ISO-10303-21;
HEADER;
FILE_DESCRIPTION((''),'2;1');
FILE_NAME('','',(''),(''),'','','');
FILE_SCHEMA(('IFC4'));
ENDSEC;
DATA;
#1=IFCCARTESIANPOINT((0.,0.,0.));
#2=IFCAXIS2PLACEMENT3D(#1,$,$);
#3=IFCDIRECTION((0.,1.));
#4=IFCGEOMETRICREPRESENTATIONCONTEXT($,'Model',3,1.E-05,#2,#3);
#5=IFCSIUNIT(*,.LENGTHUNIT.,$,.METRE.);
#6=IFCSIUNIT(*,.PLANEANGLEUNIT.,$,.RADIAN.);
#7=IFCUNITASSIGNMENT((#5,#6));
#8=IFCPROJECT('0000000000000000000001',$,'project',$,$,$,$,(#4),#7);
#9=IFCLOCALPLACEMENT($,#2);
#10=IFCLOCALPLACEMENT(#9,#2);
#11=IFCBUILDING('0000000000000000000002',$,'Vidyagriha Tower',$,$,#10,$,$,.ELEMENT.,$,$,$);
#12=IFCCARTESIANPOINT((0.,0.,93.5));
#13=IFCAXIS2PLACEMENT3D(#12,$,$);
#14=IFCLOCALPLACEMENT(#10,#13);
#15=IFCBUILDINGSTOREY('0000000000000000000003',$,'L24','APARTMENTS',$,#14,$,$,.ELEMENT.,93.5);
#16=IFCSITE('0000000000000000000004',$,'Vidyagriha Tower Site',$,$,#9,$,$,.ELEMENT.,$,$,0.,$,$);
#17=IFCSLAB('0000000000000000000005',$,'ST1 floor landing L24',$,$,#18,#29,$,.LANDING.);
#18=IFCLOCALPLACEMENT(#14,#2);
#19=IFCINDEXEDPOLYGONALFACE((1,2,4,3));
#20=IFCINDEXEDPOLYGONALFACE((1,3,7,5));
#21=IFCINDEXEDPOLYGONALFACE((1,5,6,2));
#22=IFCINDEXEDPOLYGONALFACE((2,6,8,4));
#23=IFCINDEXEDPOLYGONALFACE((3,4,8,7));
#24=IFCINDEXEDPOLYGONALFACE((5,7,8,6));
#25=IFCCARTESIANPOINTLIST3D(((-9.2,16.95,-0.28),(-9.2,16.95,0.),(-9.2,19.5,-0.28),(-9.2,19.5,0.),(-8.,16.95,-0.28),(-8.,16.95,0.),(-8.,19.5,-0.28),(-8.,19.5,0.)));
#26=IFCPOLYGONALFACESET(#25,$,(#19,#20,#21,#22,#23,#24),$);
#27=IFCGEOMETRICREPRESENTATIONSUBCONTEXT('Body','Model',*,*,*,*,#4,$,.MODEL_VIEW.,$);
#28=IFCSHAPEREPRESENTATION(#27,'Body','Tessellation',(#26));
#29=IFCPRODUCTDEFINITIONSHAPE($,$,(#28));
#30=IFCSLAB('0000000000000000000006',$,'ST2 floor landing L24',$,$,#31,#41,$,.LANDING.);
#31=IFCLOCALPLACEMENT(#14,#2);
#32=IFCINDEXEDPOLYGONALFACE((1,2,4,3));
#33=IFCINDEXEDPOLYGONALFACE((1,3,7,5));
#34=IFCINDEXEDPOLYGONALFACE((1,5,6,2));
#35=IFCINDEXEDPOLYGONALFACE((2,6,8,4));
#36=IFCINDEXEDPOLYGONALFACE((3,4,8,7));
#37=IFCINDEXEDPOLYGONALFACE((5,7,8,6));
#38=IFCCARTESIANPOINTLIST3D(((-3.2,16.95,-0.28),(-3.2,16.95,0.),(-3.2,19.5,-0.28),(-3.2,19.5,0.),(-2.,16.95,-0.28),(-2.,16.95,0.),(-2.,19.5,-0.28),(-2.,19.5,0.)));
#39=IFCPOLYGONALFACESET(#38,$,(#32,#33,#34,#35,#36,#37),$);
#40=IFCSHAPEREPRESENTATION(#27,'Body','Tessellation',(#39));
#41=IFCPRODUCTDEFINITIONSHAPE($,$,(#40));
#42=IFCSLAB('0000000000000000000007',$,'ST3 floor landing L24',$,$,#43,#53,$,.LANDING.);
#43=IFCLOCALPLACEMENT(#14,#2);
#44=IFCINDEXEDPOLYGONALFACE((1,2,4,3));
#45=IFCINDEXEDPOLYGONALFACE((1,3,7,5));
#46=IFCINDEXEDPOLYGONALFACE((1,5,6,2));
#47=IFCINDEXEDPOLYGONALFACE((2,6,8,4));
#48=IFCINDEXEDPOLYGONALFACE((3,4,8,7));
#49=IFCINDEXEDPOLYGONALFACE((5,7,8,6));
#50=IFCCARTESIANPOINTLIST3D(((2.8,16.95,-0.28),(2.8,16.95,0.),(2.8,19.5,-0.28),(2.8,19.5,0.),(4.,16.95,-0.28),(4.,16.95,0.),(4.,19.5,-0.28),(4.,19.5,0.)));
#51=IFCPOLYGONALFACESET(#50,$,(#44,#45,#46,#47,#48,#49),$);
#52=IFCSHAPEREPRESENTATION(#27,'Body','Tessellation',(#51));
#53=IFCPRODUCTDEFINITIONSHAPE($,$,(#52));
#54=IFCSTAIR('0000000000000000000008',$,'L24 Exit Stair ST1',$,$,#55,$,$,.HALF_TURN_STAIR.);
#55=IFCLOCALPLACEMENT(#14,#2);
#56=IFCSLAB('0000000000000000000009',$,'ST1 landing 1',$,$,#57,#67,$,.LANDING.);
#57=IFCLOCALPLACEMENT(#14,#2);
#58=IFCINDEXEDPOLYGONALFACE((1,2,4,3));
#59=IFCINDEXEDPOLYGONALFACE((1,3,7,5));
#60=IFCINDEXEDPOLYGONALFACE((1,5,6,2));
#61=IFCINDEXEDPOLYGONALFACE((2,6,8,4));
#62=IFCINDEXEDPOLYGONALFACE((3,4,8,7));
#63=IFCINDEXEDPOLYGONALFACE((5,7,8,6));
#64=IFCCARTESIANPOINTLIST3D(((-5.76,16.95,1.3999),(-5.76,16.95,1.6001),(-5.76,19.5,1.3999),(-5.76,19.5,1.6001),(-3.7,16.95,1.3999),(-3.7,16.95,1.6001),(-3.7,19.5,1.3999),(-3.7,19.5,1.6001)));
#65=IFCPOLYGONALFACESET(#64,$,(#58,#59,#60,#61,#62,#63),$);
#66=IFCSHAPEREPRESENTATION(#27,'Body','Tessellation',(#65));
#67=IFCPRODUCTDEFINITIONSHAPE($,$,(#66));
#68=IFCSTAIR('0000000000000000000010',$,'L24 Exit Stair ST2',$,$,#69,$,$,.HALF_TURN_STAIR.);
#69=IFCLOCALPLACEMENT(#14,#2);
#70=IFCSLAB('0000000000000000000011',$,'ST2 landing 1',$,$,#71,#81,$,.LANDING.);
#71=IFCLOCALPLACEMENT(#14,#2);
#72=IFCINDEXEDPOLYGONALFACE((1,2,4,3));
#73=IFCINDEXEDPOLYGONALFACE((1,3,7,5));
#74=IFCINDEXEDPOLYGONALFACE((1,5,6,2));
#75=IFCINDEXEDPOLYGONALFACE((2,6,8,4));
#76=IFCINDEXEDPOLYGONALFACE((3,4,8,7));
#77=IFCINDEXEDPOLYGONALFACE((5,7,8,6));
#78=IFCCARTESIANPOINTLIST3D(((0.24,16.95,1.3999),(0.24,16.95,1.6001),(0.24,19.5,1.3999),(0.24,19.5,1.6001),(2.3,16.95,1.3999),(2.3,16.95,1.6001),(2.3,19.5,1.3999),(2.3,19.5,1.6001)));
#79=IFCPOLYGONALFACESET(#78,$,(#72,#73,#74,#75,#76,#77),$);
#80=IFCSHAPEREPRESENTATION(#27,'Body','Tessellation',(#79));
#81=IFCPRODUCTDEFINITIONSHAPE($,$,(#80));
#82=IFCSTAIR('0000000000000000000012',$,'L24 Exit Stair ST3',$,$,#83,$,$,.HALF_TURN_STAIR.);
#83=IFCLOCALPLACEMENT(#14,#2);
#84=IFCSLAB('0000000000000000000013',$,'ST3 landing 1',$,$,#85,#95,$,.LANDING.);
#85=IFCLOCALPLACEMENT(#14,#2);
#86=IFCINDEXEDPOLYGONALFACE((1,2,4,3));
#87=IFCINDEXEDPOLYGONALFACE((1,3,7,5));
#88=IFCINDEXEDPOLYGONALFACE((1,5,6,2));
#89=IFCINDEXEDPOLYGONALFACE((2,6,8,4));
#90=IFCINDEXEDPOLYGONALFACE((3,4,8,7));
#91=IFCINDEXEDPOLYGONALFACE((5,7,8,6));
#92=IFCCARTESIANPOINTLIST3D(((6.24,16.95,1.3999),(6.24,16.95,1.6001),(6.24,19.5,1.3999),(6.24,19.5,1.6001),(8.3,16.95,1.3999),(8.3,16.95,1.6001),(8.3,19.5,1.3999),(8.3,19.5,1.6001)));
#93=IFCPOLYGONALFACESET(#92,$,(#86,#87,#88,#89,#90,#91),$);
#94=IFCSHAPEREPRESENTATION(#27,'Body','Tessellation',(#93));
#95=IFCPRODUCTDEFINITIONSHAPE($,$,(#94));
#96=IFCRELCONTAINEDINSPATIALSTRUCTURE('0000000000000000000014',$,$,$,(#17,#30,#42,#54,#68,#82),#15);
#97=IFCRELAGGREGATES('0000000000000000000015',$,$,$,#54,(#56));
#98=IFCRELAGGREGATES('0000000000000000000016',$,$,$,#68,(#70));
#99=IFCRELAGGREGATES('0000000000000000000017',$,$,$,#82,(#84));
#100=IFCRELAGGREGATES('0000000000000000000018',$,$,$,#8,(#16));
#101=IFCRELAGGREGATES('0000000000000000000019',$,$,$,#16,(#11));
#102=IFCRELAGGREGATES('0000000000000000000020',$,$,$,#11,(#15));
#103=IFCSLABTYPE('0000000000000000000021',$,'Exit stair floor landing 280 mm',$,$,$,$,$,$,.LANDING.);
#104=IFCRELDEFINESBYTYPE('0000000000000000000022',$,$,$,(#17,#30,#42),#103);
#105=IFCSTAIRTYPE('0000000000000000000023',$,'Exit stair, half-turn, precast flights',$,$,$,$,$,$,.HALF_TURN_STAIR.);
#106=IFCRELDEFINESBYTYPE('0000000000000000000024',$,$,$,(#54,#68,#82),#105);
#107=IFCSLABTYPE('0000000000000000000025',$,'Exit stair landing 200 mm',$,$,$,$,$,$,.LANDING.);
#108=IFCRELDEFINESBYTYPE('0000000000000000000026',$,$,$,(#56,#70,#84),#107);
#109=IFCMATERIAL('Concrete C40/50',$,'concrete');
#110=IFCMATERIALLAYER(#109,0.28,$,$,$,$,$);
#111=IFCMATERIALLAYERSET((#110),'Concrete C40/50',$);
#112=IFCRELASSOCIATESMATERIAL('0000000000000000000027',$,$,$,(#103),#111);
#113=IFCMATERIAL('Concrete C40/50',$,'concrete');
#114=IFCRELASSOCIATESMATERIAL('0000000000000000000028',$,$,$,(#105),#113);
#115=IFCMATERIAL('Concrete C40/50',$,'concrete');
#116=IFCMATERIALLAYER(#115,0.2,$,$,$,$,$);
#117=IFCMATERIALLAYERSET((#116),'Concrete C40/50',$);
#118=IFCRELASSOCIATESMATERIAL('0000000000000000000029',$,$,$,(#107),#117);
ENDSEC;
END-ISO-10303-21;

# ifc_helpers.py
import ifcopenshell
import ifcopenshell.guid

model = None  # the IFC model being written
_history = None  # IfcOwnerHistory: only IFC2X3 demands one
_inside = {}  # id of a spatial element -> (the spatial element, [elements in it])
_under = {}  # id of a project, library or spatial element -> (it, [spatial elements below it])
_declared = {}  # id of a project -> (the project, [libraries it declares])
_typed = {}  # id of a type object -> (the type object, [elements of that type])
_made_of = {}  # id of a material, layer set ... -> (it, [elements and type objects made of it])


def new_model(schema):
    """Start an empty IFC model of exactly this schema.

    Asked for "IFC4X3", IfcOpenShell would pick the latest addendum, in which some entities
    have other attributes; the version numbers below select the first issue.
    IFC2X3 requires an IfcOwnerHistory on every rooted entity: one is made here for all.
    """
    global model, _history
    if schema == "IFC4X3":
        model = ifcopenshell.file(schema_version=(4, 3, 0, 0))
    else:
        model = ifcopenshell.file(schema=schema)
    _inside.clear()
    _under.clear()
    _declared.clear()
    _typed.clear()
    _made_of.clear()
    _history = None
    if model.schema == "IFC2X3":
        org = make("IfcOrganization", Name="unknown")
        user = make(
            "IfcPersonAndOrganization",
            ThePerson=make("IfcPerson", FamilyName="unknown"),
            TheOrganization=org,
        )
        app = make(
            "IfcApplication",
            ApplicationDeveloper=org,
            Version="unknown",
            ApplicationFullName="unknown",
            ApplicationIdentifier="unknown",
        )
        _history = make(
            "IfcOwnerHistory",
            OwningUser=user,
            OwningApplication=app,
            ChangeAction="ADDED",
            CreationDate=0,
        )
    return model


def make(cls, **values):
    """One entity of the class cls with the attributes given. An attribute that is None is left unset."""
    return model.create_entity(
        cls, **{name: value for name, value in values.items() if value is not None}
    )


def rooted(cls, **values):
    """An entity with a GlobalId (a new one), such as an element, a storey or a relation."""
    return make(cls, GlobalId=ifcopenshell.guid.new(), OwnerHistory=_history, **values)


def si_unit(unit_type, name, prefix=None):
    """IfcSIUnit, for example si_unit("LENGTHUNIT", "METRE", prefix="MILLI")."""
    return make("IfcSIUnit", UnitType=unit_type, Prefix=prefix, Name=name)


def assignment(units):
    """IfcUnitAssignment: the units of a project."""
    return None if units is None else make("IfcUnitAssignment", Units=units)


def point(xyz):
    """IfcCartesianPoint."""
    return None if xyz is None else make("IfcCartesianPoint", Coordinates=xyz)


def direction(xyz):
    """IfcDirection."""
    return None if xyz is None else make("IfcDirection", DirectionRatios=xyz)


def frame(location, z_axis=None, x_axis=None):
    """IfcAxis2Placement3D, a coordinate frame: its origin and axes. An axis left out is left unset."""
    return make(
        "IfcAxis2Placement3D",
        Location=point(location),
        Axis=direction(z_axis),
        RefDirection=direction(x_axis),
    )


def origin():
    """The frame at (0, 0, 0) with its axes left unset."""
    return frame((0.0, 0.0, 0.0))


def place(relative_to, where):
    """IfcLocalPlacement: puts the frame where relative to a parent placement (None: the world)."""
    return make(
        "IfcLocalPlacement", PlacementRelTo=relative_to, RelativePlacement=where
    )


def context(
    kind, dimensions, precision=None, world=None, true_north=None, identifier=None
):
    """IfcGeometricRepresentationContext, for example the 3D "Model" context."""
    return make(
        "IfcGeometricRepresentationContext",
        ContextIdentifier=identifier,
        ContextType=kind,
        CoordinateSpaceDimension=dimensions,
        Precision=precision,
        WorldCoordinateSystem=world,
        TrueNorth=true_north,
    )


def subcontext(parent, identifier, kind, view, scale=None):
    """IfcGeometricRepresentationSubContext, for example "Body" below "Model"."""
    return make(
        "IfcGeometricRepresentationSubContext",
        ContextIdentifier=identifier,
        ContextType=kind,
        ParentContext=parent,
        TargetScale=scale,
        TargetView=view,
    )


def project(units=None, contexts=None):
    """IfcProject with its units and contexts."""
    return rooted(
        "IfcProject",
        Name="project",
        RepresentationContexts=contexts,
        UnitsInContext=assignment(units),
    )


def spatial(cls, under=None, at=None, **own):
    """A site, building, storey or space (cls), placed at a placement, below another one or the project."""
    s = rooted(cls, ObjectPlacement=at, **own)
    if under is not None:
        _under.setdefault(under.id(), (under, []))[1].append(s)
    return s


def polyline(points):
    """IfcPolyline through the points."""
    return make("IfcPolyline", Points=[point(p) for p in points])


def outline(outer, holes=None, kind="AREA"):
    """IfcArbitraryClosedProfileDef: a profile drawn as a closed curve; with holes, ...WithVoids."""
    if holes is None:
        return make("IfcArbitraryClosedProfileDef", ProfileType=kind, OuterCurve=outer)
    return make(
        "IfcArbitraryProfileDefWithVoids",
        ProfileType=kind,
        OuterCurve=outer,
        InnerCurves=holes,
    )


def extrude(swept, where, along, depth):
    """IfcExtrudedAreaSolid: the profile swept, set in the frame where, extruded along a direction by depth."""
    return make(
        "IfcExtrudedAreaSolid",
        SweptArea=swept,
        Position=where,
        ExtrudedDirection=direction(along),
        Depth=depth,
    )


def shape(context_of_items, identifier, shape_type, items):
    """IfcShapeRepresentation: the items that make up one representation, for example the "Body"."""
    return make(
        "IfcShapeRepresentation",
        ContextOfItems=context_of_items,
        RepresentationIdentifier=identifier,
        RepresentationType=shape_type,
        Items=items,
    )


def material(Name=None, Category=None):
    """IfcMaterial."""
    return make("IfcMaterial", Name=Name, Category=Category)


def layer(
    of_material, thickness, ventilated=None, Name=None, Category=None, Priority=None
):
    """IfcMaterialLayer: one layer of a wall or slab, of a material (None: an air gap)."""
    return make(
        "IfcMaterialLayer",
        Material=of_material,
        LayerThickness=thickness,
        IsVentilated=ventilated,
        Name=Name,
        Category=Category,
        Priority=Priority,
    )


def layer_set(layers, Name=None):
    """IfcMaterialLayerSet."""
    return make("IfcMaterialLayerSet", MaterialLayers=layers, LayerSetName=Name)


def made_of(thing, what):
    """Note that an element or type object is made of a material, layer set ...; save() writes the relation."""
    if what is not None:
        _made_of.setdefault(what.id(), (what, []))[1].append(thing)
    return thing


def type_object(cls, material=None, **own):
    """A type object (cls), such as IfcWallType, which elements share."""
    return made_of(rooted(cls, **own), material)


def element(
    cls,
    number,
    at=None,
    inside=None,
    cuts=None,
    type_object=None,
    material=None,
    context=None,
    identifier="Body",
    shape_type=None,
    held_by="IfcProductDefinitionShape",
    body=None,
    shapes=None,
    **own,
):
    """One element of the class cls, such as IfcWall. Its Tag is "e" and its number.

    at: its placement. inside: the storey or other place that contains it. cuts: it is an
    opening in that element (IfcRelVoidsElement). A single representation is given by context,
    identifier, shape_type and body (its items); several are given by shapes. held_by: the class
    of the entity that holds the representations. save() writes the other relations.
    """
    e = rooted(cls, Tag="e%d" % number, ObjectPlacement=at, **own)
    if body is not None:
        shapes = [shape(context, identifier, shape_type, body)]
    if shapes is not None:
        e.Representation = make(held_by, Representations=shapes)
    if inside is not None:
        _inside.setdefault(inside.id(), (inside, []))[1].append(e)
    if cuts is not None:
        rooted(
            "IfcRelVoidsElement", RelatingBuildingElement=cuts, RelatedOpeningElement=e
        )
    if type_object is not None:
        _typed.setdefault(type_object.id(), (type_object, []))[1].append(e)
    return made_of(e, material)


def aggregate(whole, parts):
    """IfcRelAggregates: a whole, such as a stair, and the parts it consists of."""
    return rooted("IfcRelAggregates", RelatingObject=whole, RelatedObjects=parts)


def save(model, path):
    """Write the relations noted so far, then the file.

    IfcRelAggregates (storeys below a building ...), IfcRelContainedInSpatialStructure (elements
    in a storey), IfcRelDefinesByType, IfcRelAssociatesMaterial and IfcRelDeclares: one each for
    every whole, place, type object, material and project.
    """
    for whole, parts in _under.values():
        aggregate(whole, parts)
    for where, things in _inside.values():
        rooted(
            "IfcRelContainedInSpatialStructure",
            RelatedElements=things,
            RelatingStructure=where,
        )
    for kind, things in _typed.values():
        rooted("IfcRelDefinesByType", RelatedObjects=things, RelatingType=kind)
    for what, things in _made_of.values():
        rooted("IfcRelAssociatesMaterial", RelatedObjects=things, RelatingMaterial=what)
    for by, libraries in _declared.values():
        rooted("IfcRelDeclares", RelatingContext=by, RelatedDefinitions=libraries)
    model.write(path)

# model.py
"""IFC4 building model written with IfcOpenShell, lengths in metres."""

from ifc_helpers import new_model, si_unit, direction, frame, origin, place, context, subcontext, project, spatial, polyline, outline, extrude, material, layer, layer_set, type_object, element, aggregate, save


model = new_model("IFC4")

# Units and contexts
model_context = context("Model", 3, precision=1e-05, world=origin(), true_north=direction((0.0, 1.0)))
body_context = subcontext(model_context, "Body", "Model", "MODEL_VIEW")
ifc_project = project(units=[si_unit("LENGTHUNIT", "METRE"), si_unit("PLANEANGLEUNIT", "RADIAN")], contexts=[model_context])

# Site, building, storey
site_placement = place(None, origin())
site = spatial("IfcSite", under=ifc_project, at=site_placement, Name="Vidyagriha Tower Site", CompositionType="ELEMENT", RefElevation=0.0)
building_placement = place(site_placement, origin())
building = spatial("IfcBuilding", under=site, at=building_placement, Name="Vidyagriha Tower", CompositionType="ELEMENT")
storey_placement = place(building_placement, frame((0.0, 0.0, 93.5)))
storey = spatial("IfcBuildingStorey", under=building, at=storey_placement, Name="L24", Description="APARTMENTS", CompositionType="ELEMENT", Elevation=93.5)

# Slabs
ifc_material_1 = material(Name="Concrete C40/50", Category="concrete")
ifc_layer_1 = layer(ifc_material_1, 0.28)
ifc_layer_set_1 = layer_set([ifc_layer_1], Name="Concrete C40/50")
slab_type_1 = type_object("IfcSlabType", Name="Exit stair floor landing 280 mm", PredefinedType="LANDING", material=ifc_layer_set_1)
slab_1_placement = place(storey_placement, frame((0.0, 0.0, -0.28)))
element("IfcSlab", 1, at=slab_1_placement, inside=storey, type_object=slab_type_1, Name="ST1 floor landing L24", PredefinedType="LANDING", context=body_context, shape_type="SweptSolid", body=[
    extrude(outline(polyline([(-9.2, 16.95), (-8.0, 16.95), (-8.0, 19.5), (-9.2, 19.5), (-9.2, 16.95)])), origin(), (0.0, 0.0, 1.0), 0.28),
])
slab_2_placement = place(storey_placement, frame((0.0, 0.0, -0.28)))
element("IfcSlab", 2, at=slab_2_placement, inside=storey, type_object=slab_type_1, Name="ST2 floor landing L24", PredefinedType="LANDING", context=body_context, shape_type="SweptSolid", body=[
    extrude(outline(polyline([(-3.2, 16.95), (-2.0, 16.95), (-2.0, 19.5), (-3.2, 19.5), (-3.2, 16.95)])), origin(), (0.0, 0.0, 1.0), 0.28),
])
slab_3_placement = place(storey_placement, frame((0.0, 0.0, -0.28)))
element("IfcSlab", 3, at=slab_3_placement, inside=storey, type_object=slab_type_1, Name="ST3 floor landing L24", PredefinedType="LANDING", context=body_context, shape_type="SweptSolid", body=[
    extrude(outline(polyline([(2.8, 16.95), (4.0, 16.95), (4.0, 19.5), (2.8, 19.5), (2.8, 16.95)])), origin(), (0.0, 0.0, 1.0), 0.28),
])

# Stairs, slabs
ifc_material_2 = material(Name="Concrete C40/50", Category="concrete")
stair_type = type_object("IfcStairType", Name="Exit stair, half-turn, precast flights", PredefinedType="HALF_TURN_STAIR", material=ifc_material_2)
stair_1_placement = place(storey_placement, origin())
stair_1 = element("IfcStair", 4, at=stair_1_placement, inside=storey, type_object=stair_type, Name="L24 Exit Stair ST1", PredefinedType="HALF_TURN_STAIR")
ifc_material_3 = material(Name="Concrete C40/50", Category="concrete")
ifc_layer_2 = layer(ifc_material_3, 0.2)
ifc_layer_set_2 = layer_set([ifc_layer_2], Name="Concrete C40/50")
slab_type_2 = type_object("IfcSlabType", Name="Exit stair landing 200 mm", PredefinedType="LANDING", material=ifc_layer_set_2)
slab_4_placement = place(storey_placement, frame((0.0, 0.0, 1.3999)))
slab_4 = element("IfcSlab", 5, at=slab_4_placement, type_object=slab_type_2, Name="ST1 landing 1", PredefinedType="LANDING", context=body_context, shape_type="SweptSolid", body=[
    extrude(outline(polyline([(-5.76, 16.95), (-3.7, 16.95), (-3.7, 19.5), (-5.76, 19.5), (-5.76, 16.95)])), origin(), (0.0, 0.0, 1.0), 0.2002),
])
aggregate(stair_1, [slab_4])
stair_2_placement = place(storey_placement, origin())
stair_2 = element("IfcStair", 6, at=stair_2_placement, inside=storey, type_object=stair_type, Name="L24 Exit Stair ST2", PredefinedType="HALF_TURN_STAIR")
slab_5_placement = place(storey_placement, frame((0.0, 0.0, 1.3999)))
slab_5 = element("IfcSlab", 7, at=slab_5_placement, type_object=slab_type_2, Name="ST2 landing 1", PredefinedType="LANDING", context=body_context, shape_type="SweptSolid", body=[
    extrude(outline(polyline([(0.24, 16.95), (2.3, 16.95), (2.3, 19.5), (0.24, 19.5), (0.24, 16.95)])), origin(), (0.0, 0.0, 1.0), 0.2002),
])
aggregate(stair_2, [slab_5])
stair_3_placement = place(storey_placement, origin())
stair_3 = element("IfcStair", 8, at=stair_3_placement, inside=storey, type_object=stair_type, Name="L24 Exit Stair ST3", PredefinedType="HALF_TURN_STAIR")
slab_6_placement = place(storey_placement, frame((0.0, 0.0, 1.3999)))
slab_6 = element("IfcSlab", 9, at=slab_6_placement, type_object=slab_type_2, Name="ST3 landing 1", PredefinedType="LANDING", context=body_context, shape_type="SweptSolid", body=[
    extrude(outline(polyline([(6.24, 16.95), (8.3, 16.95), (8.3, 19.5), (6.24, 19.5), (6.24, 16.95)])), origin(), (0.0, 0.0, 1.0), 0.2002),
])
aggregate(stair_3, [slab_6])

save(model, "model.ifc")
